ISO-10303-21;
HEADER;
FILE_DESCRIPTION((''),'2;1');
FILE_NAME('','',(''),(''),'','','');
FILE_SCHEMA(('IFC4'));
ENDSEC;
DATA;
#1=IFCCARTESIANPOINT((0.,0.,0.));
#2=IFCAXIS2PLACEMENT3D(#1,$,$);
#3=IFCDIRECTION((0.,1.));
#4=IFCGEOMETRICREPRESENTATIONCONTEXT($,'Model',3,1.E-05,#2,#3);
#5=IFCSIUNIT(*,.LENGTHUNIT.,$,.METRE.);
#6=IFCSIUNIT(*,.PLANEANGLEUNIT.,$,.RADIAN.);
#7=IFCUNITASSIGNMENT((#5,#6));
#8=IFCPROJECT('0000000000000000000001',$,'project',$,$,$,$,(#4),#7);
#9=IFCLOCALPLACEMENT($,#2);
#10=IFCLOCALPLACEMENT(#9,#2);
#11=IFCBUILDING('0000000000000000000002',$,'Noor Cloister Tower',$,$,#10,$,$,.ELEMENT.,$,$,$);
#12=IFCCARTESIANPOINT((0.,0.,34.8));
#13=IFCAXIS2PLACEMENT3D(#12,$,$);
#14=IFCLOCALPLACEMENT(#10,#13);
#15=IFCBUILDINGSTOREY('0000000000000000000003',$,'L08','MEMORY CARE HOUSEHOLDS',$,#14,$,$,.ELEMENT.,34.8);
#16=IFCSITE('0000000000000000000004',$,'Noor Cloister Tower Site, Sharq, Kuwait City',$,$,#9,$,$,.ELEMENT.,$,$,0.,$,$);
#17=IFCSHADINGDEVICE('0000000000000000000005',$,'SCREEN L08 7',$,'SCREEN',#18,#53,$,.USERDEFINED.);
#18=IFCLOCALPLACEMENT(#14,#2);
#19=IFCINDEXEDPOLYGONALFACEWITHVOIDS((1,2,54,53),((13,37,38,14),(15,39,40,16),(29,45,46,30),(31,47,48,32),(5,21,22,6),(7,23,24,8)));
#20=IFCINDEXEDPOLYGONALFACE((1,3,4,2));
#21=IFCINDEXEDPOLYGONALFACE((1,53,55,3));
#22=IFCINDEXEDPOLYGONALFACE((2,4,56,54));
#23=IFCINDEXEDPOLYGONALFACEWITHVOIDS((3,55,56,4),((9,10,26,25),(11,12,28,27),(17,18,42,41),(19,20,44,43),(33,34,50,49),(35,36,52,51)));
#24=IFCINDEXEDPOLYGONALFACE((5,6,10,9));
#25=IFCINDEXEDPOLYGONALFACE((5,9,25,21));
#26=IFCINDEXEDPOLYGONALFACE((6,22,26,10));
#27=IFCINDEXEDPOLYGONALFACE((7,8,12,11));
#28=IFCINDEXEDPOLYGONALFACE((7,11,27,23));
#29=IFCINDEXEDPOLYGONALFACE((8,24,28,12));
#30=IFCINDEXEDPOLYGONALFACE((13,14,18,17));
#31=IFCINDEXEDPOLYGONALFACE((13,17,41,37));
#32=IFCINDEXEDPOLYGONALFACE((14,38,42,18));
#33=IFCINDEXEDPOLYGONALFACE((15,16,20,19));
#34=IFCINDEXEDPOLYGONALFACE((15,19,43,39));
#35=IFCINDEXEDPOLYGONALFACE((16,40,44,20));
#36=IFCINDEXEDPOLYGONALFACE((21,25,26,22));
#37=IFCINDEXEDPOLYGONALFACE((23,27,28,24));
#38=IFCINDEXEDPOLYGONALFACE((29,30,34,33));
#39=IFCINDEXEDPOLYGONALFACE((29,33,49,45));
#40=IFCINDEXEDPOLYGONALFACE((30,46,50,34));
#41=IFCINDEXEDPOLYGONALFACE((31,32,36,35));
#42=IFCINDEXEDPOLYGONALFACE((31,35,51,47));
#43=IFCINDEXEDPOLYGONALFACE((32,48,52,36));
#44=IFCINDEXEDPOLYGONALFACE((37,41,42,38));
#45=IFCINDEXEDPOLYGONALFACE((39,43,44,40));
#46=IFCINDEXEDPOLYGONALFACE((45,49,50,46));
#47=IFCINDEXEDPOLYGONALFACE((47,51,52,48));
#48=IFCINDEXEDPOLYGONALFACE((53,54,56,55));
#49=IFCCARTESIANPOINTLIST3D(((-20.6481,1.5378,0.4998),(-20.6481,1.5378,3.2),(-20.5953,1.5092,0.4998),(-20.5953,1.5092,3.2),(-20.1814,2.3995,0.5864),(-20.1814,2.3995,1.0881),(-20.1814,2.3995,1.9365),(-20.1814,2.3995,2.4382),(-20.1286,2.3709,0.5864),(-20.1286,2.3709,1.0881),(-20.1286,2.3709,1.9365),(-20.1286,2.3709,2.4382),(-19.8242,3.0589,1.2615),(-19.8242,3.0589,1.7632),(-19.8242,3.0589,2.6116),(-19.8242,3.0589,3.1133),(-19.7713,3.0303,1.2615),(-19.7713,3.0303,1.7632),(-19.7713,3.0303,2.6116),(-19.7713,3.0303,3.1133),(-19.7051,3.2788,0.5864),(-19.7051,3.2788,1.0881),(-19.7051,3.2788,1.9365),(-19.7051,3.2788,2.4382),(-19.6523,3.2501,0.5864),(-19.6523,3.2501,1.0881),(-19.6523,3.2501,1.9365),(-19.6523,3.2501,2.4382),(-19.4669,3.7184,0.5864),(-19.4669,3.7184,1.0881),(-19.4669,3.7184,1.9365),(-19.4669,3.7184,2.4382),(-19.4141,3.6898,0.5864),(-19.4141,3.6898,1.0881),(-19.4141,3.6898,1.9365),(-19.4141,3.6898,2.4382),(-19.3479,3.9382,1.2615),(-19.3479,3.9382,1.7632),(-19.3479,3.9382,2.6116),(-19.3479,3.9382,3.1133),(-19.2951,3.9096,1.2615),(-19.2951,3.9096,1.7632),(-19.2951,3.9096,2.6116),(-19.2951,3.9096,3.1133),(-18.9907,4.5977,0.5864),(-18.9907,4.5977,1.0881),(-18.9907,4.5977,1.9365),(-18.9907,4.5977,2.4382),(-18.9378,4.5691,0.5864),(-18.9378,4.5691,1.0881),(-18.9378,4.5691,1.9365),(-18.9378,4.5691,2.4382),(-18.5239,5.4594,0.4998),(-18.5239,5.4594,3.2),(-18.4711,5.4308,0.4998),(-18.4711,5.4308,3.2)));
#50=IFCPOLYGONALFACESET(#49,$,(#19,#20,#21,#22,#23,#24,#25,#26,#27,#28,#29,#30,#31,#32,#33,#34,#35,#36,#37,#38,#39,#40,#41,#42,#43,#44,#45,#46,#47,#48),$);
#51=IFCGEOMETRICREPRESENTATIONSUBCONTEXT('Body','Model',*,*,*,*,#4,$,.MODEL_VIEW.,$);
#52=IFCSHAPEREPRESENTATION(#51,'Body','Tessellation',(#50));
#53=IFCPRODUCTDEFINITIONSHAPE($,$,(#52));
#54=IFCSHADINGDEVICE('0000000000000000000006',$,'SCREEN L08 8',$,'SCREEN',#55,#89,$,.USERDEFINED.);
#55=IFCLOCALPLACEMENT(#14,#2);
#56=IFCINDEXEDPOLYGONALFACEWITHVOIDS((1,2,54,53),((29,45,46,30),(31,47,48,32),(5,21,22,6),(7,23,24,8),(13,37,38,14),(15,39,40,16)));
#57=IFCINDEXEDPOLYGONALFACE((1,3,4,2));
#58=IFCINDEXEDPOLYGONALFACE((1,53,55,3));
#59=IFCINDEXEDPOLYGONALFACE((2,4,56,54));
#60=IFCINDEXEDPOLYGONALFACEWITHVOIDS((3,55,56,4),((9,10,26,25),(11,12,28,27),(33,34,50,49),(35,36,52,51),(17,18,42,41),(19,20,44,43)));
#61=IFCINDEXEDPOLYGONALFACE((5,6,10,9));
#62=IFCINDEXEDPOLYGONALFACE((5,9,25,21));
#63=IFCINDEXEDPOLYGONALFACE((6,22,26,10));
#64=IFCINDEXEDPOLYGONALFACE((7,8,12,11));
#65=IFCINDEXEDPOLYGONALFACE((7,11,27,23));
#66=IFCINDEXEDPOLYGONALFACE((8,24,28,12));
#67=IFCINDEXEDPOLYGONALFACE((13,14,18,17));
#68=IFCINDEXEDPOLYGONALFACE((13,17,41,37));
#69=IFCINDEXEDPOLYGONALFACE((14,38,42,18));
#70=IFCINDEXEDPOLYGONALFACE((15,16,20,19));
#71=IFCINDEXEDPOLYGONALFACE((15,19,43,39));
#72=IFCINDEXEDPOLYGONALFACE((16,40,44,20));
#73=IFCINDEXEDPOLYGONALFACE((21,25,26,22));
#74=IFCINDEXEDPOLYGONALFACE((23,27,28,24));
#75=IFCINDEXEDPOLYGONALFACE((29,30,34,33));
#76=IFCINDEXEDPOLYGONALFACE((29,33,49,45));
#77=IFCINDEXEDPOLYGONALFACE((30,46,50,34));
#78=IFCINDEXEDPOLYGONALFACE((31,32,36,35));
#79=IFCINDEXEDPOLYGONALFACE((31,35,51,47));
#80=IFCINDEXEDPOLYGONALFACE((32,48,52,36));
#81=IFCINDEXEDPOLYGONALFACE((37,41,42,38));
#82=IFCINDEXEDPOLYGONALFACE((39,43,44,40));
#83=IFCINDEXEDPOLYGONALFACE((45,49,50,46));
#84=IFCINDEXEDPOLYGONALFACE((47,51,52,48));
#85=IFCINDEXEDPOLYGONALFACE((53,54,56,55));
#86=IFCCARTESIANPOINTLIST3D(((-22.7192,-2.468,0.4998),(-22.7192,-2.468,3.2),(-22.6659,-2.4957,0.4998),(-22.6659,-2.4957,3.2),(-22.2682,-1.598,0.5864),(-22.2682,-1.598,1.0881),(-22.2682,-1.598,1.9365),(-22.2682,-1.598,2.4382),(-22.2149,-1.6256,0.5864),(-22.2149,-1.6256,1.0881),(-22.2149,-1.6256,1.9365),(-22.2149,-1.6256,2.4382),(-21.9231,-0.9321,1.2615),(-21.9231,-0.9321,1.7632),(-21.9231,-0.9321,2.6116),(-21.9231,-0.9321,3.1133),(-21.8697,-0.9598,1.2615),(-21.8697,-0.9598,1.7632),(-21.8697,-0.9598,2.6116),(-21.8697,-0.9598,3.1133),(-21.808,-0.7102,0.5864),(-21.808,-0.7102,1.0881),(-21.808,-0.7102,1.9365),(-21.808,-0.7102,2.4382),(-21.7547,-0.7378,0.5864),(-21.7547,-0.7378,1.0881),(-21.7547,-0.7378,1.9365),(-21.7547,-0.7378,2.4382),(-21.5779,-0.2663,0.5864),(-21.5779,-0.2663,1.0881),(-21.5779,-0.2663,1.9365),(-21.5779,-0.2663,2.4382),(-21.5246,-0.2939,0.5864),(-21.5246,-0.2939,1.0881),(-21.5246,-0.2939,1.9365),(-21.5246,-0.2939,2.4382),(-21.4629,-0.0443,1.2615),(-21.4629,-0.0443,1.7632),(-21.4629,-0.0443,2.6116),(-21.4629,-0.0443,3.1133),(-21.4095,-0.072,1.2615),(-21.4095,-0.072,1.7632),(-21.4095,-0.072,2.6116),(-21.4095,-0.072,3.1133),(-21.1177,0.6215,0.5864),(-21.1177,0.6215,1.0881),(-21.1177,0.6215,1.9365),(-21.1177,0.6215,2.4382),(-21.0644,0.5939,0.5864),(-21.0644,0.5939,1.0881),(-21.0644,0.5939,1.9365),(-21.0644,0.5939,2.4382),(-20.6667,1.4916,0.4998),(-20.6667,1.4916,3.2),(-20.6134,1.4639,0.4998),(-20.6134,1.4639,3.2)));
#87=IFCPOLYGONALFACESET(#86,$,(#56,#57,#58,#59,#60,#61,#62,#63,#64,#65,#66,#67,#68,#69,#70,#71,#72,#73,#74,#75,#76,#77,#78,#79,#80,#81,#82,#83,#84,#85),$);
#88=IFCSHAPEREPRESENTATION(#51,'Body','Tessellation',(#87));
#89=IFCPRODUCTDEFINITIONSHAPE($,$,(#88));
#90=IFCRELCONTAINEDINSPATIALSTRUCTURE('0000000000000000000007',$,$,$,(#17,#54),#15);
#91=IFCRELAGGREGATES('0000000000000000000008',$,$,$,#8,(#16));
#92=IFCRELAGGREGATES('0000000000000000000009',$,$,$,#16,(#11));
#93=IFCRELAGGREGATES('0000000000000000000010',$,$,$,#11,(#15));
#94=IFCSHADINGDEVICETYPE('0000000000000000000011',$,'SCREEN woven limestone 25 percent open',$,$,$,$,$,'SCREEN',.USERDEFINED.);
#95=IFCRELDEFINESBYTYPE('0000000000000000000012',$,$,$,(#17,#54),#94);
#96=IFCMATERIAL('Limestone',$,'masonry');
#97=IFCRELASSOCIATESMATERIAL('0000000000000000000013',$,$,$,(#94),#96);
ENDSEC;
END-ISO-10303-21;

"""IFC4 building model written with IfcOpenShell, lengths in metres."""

from ifc_helpers import new_model, si_unit, direction, frame, origin, place, context, subcontext, project, spatial, polyline, outline, extrude, material, material_profile, profile_set, type_object, element, save


model = new_model("IFC4")

# Units and contexts
model_context = context("Model", 3, precision=1e-05, world=origin(), true_north=direction((0.0, 1.0)))
body_context = subcontext(model_context, "Body", "Model", "MODEL_VIEW")
ifc_project = project(units=[si_unit("LENGTHUNIT", "METRE"), si_unit("PLANEANGLEUNIT", "RADIAN")], contexts=[model_context])

# Site, building, storey
site_placement = place(None, origin())
site = spatial("IfcSite", under=ifc_project, at=site_placement, Name="Noor Cloister Tower Site, Sharq, Kuwait City", CompositionType="ELEMENT", RefElevation=0.0)
building_placement = place(site_placement, origin())
building = spatial("IfcBuilding", under=site, at=building_placement, Name="Noor Cloister Tower", CompositionType="ELEMENT")
storey_placement = place(building_placement, frame((0.0, 0.0, 34.8)))
storey = spatial("IfcBuildingStorey", under=building, at=storey_placement, Name="L08", Description="MEMORY CARE HOUSEHOLDS", CompositionType="ELEMENT", Elevation=34.8)

# Shading devices
ifc_material_1 = material(Name="Limestone", Category="masonry")
ifc_material_profile_1 = material_profile(ifc_material_1, outline(polyline([(-2.23, -1.3501), (2.23, -1.3501), (2.23, 1.3501), (-2.23, 1.3501), (-2.23, -1.3501)]), holes=[polyline([(-1.25, -1.2634), (-0.25, -1.2634), (-0.25, -0.7617), (-1.25, -0.7617), (-1.25, -1.2634)]), polyline([(0.25, -1.2634), (1.25, -1.2634), (1.25, -0.7617), (0.25, -0.7617), (0.25, -1.2634)]), polyline([(-0.5, -0.5884), (0.5, -0.5884), (0.5, -0.0867), (-0.5, -0.0867), (-0.5, -0.5884)]), polyline([(-1.25, 0.0867), (-0.25, 0.0867), (-0.25, 0.5884), (-1.25, 0.5884), (-1.25, 0.0867)]), polyline([(0.25, 0.0867), (1.25, 0.0867), (1.25, 0.5884), (0.25, 0.5884), (0.25, 0.0867)]), polyline([(-0.5, 0.7617), (0.5, 0.7617), (0.5, 1.2634), (-0.5, 1.2634), (-0.5, 0.7617)])]), Name="Woven screen 25 percent open")
ifc_profile_set_1 = profile_set([ifc_material_profile_1], Name="Limestone")
shading_device_type = type_object("IfcShadingDeviceType", Name="SCREEN woven limestone 25 percent open", ElementType="SCREEN", PredefinedType="USERDEFINED", material=ifc_profile_set_1)
for number, where, z_axis, x_axis, name in (
    (1, (-19.5332, 3.47, 1.8499), (-0.879292, 0.476283, 0.0), (-0.476283, -0.879292, 0.0), "SCREEN L08 7"),
    (2, (-21.6396, -0.5159, 1.8499), (-0.887816, 0.460198, 0.0), (-0.460198, -0.887816, 0.0), "SCREEN L08 8"),
):
    element("IfcShadingDevice", number, at=place(storey_placement, frame(where, z_axis=z_axis, x_axis=x_axis)), inside=storey, type_object=shading_device_type, Name=name, ObjectType="SCREEN", PredefinedType="USERDEFINED", context=body_context, shape_type="SweptSolid", body=[
        extrude(outline(polyline([(-2.23, -1.3501), (2.23, -1.3501), (2.23, 1.3501), (-2.23, 1.3501), (-2.23, -1.3501)]), holes=[polyline([(-1.25, -1.2634), (-0.25, -1.2634), (-0.25, -0.7617), (-1.25, -0.7617), (-1.25, -1.2634)]), polyline([(0.25, -1.2634), (1.25, -1.2634), (1.25, -0.7617), (0.25, -0.7617), (0.25, -1.2634)]), polyline([(-0.5, -0.5884), (0.5, -0.5884), (0.5, -0.0867), (-0.5, -0.0867), (-0.5, -0.5884)]), polyline([(-1.25, 0.0867), (-0.25, 0.0867), (-0.25, 0.5884), (-1.25, 0.5884), (-1.25, 0.0867)]), polyline([(0.25, 0.0867), (1.25, 0.0867), (1.25, 0.5884), (0.25, 0.5884), (0.25, 0.0867)]), polyline([(-0.5, 0.7617), (0.5, 0.7617), (0.5, 1.2634), (-0.5, 1.2634), (-0.5, 0.7617)])]), origin(), (0.0, 0.0, 1.0), 0.0601),
    ])

save(model, "model.ifc")
